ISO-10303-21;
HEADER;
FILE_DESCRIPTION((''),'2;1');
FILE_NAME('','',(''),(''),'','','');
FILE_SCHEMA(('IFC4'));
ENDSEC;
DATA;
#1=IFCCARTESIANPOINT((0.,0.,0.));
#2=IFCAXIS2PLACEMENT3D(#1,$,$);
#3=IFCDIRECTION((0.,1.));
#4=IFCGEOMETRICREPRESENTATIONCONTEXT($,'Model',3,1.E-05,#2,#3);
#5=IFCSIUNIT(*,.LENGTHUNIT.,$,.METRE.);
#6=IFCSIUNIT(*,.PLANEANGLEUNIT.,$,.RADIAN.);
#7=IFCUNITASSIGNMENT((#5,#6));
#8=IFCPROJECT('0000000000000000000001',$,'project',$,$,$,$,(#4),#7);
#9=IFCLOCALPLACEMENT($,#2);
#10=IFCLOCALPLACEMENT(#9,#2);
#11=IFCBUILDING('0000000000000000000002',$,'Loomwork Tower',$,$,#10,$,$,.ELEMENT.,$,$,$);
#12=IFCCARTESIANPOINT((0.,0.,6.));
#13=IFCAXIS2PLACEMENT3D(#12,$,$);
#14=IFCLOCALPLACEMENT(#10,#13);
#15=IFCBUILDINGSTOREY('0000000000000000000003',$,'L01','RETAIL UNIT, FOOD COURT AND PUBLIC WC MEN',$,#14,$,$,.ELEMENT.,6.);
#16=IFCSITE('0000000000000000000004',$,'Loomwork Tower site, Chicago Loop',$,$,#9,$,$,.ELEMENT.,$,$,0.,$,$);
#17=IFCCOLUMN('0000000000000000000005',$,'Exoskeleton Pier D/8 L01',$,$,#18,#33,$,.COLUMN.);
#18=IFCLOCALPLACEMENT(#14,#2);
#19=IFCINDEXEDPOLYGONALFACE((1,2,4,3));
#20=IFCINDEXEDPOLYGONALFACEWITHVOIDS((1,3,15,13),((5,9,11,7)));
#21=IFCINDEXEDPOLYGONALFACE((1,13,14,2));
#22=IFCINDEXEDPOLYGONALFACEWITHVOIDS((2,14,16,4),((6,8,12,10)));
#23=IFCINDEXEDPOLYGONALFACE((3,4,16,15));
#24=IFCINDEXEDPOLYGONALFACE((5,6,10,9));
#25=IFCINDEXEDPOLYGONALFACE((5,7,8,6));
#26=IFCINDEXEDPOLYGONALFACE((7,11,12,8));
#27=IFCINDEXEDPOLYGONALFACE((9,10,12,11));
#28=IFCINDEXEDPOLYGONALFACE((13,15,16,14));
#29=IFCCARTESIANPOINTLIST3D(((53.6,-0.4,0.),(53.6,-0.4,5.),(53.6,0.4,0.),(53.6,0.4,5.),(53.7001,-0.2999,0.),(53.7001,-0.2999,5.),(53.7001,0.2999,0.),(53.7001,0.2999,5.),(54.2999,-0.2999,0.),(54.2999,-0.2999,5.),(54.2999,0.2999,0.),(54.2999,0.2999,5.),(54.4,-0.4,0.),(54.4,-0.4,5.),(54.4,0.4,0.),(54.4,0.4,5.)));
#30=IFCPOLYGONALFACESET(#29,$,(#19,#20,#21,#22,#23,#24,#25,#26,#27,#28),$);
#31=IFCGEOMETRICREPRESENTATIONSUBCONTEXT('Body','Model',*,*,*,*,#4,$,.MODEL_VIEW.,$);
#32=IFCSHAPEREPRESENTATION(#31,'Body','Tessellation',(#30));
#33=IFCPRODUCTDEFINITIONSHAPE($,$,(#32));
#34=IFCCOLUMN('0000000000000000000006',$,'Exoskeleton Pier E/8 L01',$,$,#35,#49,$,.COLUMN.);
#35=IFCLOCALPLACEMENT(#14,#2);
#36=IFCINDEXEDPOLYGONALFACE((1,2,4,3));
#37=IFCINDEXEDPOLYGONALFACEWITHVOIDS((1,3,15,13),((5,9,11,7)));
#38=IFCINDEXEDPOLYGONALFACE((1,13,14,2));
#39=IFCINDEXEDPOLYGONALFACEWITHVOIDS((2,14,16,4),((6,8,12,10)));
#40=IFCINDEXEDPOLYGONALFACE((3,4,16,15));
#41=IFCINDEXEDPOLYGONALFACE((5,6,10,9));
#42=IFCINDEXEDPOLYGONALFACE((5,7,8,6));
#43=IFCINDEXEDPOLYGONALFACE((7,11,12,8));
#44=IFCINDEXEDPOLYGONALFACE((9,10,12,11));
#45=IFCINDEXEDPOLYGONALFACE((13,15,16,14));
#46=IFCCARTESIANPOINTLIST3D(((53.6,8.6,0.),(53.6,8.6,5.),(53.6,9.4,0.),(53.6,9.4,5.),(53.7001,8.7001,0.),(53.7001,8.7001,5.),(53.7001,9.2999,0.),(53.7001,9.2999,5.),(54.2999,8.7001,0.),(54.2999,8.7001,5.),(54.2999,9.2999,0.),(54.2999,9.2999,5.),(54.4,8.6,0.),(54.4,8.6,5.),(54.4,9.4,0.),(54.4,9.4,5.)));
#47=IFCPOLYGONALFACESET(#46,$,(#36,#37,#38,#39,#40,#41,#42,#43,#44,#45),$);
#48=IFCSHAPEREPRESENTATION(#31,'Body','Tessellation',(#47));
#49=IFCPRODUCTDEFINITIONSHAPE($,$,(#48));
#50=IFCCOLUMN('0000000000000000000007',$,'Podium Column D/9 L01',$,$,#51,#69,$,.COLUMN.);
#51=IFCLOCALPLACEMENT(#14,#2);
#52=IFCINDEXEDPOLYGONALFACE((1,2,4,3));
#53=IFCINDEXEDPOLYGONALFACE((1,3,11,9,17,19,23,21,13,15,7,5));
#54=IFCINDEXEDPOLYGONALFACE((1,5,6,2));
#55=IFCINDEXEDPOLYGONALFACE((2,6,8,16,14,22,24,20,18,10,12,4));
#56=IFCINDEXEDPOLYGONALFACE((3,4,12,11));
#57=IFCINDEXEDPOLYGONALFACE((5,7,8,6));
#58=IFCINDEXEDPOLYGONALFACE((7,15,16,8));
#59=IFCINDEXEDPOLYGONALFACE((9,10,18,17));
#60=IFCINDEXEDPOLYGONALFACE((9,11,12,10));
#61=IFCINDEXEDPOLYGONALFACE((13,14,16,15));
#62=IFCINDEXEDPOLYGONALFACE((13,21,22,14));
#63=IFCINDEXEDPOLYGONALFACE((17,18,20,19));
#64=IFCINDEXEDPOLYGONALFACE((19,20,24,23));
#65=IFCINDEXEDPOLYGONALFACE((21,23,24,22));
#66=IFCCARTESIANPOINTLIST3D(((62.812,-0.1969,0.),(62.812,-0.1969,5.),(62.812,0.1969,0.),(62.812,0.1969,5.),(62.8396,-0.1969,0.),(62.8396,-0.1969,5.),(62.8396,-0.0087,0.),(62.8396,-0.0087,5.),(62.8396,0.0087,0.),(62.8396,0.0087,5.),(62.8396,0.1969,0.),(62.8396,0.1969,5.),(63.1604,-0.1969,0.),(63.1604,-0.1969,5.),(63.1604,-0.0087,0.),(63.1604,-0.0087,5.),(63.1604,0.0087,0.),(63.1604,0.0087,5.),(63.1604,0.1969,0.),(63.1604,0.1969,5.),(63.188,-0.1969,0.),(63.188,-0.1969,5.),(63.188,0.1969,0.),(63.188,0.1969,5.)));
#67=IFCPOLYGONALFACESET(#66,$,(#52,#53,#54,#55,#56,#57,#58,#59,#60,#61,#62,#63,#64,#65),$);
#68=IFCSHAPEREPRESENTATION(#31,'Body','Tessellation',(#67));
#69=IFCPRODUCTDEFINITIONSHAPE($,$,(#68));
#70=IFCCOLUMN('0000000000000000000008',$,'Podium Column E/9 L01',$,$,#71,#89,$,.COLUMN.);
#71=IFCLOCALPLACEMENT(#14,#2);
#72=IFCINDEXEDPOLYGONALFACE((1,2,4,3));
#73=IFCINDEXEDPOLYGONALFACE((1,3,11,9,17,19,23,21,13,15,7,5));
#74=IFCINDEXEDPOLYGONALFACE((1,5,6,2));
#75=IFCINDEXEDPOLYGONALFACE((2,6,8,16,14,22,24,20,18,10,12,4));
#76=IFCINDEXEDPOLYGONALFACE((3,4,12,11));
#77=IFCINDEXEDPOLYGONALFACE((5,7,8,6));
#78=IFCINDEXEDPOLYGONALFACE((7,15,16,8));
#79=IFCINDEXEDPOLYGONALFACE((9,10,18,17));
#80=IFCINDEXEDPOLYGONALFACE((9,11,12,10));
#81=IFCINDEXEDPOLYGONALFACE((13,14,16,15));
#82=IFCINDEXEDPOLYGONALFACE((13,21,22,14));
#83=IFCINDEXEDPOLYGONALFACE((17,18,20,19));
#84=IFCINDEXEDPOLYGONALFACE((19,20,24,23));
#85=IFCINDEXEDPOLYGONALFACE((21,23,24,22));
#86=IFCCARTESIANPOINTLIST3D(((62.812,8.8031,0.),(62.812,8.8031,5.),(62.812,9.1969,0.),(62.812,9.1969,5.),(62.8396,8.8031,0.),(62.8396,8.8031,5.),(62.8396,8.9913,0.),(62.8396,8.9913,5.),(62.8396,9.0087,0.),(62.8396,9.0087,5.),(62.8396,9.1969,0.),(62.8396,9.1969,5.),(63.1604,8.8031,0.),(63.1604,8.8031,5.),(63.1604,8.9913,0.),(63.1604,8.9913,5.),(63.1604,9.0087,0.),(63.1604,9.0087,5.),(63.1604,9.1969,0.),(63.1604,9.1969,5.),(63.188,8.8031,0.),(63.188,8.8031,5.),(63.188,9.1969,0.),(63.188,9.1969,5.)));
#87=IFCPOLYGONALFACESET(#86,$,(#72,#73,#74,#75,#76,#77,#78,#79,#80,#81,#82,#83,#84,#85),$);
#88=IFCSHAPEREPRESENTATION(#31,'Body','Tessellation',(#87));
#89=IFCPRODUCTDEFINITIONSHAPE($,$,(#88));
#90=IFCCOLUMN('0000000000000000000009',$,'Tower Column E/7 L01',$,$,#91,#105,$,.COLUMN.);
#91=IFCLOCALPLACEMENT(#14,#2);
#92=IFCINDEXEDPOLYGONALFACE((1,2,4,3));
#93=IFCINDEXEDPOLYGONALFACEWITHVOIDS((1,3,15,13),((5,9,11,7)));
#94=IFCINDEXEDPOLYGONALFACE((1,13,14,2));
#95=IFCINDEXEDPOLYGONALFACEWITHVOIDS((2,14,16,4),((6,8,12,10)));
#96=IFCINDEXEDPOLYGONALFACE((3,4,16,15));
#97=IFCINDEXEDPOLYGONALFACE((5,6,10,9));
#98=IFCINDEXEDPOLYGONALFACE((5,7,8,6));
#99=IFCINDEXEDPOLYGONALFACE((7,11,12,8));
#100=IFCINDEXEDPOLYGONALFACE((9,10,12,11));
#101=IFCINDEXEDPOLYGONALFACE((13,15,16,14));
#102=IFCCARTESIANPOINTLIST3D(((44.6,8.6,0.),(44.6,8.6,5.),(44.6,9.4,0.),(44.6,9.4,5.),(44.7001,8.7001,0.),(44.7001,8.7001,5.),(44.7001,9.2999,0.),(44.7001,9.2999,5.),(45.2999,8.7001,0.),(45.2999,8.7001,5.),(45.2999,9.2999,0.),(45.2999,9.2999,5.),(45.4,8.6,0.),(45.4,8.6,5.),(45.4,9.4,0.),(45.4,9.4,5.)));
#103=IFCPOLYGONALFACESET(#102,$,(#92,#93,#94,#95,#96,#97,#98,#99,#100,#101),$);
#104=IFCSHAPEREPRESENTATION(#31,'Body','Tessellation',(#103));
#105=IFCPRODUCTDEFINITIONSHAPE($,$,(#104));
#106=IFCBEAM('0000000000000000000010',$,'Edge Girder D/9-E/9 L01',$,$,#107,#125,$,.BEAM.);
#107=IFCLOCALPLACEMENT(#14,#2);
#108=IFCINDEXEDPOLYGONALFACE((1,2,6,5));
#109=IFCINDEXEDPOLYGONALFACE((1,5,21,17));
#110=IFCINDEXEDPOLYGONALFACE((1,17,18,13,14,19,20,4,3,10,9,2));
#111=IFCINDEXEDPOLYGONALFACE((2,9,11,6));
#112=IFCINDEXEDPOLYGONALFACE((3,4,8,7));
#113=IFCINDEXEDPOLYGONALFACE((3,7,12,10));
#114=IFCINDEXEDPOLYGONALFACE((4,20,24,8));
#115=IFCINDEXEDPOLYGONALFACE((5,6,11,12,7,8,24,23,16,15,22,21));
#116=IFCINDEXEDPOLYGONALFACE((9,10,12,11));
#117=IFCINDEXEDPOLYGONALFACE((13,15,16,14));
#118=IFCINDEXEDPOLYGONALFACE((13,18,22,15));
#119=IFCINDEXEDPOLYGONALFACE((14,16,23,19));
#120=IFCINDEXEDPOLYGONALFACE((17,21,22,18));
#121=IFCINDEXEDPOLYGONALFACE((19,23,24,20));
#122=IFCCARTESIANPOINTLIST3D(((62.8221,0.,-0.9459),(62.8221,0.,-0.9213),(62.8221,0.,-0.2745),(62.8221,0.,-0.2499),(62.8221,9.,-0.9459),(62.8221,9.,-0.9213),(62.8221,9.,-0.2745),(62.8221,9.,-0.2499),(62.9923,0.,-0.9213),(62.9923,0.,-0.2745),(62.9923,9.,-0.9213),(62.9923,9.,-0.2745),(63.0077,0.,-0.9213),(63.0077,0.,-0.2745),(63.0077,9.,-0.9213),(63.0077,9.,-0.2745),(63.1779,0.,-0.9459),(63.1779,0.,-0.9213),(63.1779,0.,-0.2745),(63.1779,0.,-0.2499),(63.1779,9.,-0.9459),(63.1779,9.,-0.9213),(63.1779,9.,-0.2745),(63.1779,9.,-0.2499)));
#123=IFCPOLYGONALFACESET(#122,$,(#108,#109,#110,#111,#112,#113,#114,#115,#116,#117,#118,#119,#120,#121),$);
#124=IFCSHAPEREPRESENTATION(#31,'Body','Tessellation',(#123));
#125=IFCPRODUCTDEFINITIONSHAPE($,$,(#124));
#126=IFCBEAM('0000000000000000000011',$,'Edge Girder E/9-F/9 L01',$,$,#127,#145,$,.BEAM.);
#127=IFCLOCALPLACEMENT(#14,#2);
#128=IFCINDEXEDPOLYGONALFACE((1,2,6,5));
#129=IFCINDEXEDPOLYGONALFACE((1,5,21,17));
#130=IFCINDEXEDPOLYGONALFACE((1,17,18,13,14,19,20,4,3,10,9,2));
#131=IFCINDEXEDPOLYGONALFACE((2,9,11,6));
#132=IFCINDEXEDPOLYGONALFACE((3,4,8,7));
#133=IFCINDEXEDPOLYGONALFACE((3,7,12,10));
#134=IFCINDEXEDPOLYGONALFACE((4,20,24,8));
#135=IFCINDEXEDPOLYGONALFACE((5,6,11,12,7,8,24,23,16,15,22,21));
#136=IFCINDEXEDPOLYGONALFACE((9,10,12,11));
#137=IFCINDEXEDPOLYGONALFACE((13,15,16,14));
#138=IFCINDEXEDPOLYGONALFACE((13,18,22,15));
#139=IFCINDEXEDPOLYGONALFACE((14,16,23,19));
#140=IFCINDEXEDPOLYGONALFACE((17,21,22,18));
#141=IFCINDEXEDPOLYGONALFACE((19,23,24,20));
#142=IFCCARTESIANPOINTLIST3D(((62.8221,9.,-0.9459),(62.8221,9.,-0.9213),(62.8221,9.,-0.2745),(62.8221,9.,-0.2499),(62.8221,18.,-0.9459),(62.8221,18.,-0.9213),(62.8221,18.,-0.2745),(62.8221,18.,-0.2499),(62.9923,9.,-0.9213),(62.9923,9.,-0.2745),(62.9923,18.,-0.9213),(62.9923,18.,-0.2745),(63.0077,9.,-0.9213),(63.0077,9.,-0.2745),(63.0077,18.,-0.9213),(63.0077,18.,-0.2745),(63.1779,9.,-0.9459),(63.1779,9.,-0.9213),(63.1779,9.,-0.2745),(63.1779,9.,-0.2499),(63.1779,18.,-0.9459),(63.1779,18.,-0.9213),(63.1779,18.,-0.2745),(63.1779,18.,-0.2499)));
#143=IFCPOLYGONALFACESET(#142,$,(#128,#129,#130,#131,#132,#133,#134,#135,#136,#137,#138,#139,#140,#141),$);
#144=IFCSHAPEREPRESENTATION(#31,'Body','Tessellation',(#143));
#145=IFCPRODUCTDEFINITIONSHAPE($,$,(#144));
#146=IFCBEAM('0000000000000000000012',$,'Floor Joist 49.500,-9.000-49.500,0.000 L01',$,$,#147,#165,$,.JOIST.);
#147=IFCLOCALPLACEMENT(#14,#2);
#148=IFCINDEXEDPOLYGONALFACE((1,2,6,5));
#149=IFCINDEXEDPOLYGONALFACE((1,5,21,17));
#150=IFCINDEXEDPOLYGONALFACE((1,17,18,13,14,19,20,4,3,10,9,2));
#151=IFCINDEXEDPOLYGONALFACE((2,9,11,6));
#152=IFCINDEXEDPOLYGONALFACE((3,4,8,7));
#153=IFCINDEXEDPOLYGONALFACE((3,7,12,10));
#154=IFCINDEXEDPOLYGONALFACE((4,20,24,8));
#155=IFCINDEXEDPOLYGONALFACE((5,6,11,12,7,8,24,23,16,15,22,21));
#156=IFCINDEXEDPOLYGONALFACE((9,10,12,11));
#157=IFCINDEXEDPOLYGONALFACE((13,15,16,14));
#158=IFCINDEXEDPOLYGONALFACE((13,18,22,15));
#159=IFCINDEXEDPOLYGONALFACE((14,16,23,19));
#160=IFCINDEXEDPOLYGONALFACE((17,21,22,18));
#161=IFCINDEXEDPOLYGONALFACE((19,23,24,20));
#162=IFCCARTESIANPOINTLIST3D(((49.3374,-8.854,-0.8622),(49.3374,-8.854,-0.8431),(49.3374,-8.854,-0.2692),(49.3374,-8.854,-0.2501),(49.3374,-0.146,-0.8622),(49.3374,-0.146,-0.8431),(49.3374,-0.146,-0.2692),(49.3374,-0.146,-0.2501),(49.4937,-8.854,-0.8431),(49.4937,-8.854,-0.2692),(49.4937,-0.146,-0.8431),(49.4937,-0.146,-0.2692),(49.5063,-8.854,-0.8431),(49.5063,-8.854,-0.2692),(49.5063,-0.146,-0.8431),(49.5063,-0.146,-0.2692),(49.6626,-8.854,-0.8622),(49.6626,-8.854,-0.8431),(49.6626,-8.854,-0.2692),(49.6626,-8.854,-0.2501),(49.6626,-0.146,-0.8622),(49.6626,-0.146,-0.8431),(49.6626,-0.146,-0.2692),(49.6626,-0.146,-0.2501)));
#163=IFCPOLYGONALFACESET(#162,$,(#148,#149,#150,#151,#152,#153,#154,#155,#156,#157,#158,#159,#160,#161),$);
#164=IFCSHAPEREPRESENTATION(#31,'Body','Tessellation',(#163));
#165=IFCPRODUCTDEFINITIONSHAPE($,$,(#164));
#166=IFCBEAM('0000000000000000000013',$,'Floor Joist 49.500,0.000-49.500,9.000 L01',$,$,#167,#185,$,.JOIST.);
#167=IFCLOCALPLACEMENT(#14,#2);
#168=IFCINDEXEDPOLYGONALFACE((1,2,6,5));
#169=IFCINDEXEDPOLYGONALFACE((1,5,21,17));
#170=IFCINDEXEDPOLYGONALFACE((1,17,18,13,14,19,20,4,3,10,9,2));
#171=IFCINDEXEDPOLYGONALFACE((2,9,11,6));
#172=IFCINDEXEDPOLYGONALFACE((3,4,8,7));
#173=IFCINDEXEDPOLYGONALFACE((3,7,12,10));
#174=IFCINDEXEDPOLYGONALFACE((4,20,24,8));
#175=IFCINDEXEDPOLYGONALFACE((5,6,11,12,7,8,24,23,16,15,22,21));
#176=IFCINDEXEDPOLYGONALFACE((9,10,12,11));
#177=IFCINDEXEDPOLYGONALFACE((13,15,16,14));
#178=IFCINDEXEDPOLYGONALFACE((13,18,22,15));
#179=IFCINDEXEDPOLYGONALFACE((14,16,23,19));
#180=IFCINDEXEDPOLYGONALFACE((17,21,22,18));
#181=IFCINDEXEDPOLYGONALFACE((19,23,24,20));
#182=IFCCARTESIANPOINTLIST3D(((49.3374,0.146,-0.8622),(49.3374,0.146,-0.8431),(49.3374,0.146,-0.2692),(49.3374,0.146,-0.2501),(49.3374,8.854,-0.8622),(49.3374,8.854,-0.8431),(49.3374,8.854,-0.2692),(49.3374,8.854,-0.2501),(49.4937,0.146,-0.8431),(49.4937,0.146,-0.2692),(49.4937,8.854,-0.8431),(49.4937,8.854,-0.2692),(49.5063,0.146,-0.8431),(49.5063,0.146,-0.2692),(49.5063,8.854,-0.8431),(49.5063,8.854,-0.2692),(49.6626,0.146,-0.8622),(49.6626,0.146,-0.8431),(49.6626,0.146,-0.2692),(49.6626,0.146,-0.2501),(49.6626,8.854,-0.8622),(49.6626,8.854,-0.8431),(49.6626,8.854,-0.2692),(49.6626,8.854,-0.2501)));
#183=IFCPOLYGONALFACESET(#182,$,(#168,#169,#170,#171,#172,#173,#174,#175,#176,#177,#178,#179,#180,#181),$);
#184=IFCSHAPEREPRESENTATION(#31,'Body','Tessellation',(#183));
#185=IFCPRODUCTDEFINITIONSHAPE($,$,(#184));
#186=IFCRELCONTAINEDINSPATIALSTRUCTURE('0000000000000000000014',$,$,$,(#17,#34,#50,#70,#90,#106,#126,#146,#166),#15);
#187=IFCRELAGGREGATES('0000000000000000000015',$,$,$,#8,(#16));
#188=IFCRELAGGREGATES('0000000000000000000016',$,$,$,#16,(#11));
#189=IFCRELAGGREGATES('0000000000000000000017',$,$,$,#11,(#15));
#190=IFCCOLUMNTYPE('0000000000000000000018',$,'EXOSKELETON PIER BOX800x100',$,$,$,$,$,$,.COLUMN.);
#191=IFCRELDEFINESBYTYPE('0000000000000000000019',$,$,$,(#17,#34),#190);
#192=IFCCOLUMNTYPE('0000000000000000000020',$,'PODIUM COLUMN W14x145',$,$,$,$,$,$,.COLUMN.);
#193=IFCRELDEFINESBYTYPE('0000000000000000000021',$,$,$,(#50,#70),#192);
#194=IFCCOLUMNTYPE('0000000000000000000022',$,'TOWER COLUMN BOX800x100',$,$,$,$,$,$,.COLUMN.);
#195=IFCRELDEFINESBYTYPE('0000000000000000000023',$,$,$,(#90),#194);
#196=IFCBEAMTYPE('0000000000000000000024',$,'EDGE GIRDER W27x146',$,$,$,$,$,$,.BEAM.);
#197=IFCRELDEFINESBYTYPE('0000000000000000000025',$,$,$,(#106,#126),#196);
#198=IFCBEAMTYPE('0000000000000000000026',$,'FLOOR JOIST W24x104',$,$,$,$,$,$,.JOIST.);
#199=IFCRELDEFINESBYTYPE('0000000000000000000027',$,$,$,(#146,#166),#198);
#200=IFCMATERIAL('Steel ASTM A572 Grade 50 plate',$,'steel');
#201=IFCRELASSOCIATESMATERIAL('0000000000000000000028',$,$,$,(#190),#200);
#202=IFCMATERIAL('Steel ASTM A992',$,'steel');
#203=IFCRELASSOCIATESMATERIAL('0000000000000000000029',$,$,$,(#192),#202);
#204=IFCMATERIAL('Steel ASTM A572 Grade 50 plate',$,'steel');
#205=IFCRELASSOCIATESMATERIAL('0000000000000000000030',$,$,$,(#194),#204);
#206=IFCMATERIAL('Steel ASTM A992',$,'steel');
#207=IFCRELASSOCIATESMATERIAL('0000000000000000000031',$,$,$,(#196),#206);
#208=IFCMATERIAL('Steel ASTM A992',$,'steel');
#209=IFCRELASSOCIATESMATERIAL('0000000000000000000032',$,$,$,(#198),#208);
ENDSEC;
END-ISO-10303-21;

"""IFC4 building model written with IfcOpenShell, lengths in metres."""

from ifc_helpers import new_model, si_unit, direction, frame, origin, origin_2d, place, context, subcontext, project, spatial, hollow_rectangle, i_section, extrude, material, material_profile, profile_set, type_object, element, save


model = new_model("IFC4")

# Units and contexts
model_context = context("Model", 3, precision=1e-05, world=origin(), true_north=direction((0.0, 1.0)))
body_context = subcontext(model_context, "Body", "Model", "MODEL_VIEW")
ifc_project = project(units=[si_unit("LENGTHUNIT", "METRE"), si_unit("PLANEANGLEUNIT", "RADIAN")], contexts=[model_context])

# Site, building, storey
site_placement = place(None, origin())
site = spatial("IfcSite", under=ifc_project, at=site_placement, Name="Loomwork Tower site, Chicago Loop", CompositionType="ELEMENT", RefElevation=0.0)
building_placement = place(site_placement, origin())
building = spatial("IfcBuilding", under=site, at=building_placement, Name="Loomwork Tower", CompositionType="ELEMENT")
storey_placement = place(building_placement, frame((0.0, 0.0, 6.0)))
storey = spatial("IfcBuildingStorey", under=building, at=storey_placement, Name="L01", Description="RETAIL UNIT, FOOD COURT AND PUBLIC WC MEN", CompositionType="ELEMENT", Elevation=6.0)

# Columns
ifc_material_1 = material(Name="Steel ASTM A572 Grade 50 plate", Category="steel")
ifc_material_profile_1 = material_profile(ifc_material_1, hollow_rectangle(XDim=0.8, YDim=0.8, WallThickness=0.1001, at=origin_2d()), Name="BOX800x100")
ifc_profile_set_1 = profile_set([ifc_material_profile_1], Name="Steel ASTM A572 Grade 50 plate")
column_type_1 = type_object("IfcColumnType", Name="EXOSKELETON PIER BOX800x100", PredefinedType="COLUMN", material=ifc_profile_set_1)
for number, where, z_axis, x_axis, name in (
    (1, (54.0, 0.0, 0.0), (0.0, 0.0, 1.0), (1.0, 0.0, 0.0), "Exoskeleton Pier D/8 L01"),
    (2, (54.0, 9.0, 0.0), (0.0, 0.0, 1.0), (0.0, 1.0, 0.0), "Exoskeleton Pier E/8 L01"),
):
    element("IfcColumn", number, at=place(storey_placement, frame(where, z_axis=z_axis, x_axis=x_axis)), inside=storey, type_object=column_type_1, Name=name, PredefinedType="COLUMN", context=body_context, shape_type="SweptSolid", body=[
        extrude(hollow_rectangle(XDim=0.8, YDim=0.8, WallThickness=0.1001, at=origin_2d()), origin(), (0.0, 0.0, 1.0), 5.0),
    ])
ifc_material_2 = material(Name="Steel ASTM A992", Category="steel")
ifc_material_profile_2 = material_profile(ifc_material_2, i_section(OverallWidth=0.3938, OverallDepth=0.376, WebThickness=0.0173, FlangeThickness=0.0276, at=origin_2d()), Name="W14x145")
ifc_profile_set_2 = profile_set([ifc_material_profile_2], Name="Steel ASTM A992")
column_type_2 = type_object("IfcColumnType", Name="PODIUM COLUMN W14x145", PredefinedType="COLUMN", material=ifc_profile_set_2)
for number, where, z_axis, x_axis, name in (
    (3, (63.0, 0.0, 0.0), (0.0, 0.0, 1.0), (0.0, 1.0, 0.0), "Podium Column D/9 L01"),
    (4, (63.0, 9.0, 0.0), (0.0, 0.0, 1.0), (0.0, 1.0, 0.0), "Podium Column E/9 L01"),
):
    element("IfcColumn", number, at=place(storey_placement, frame(where, z_axis=z_axis, x_axis=x_axis)), inside=storey, type_object=column_type_2, Name=name, PredefinedType="COLUMN", context=body_context, shape_type="SweptSolid", body=[
        extrude(i_section(OverallWidth=0.3938, OverallDepth=0.376, WebThickness=0.0173, FlangeThickness=0.0276, at=origin_2d()), origin(), (0.0, 0.0, 1.0), 5.0),
    ])
ifc_material_3 = material(Name="Steel ASTM A572 Grade 50 plate", Category="steel")
ifc_material_profile_3 = material_profile(ifc_material_3, hollow_rectangle(XDim=0.8, YDim=0.8, WallThickness=0.1001, at=origin_2d()), Name="BOX800x100")
ifc_profile_set_3 = profile_set([ifc_material_profile_3], Name="Steel ASTM A572 Grade 50 plate")
column_type_3 = type_object("IfcColumnType", Name="TOWER COLUMN BOX800x100", PredefinedType="COLUMN", material=ifc_profile_set_3)
column_placement = place(storey_placement, frame((45.0, 9.0, 0.0), z_axis=(0.0, 0.0, 1.0), x_axis=(0.0, 1.0, 0.0)))
element("IfcColumn", 5, at=column_placement, inside=storey, type_object=column_type_3, Name="Tower Column E/7 L01", PredefinedType="COLUMN", context=body_context, shape_type="SweptSolid", body=[
    extrude(hollow_rectangle(XDim=0.8, YDim=0.8, WallThickness=0.1001, at=origin_2d()), origin(), (0.0, 0.0, 1.0), 5.0),
])

# Beams
ifc_material_4 = material(Name="Steel ASTM A992", Category="steel")
ifc_material_profile_4 = material_profile(ifc_material_4, i_section(OverallWidth=0.3557, OverallDepth=0.696, WebThickness=0.0154, FlangeThickness=0.0247, at=origin_2d()), Name="W27x146")
ifc_profile_set_4 = profile_set([ifc_material_profile_4], Name="Steel ASTM A992")
beam_type_1 = type_object("IfcBeamType", Name="EDGE GIRDER W27x146", PredefinedType="BEAM", material=ifc_profile_set_4)
for number, where, z_axis, x_axis, name in (
    (6, (63.0, 0.0, -0.5979), (0.0, 1.0, 0.0), (-1.0, 0.0, 0.0), "Edge Girder D/9-E/9 L01"),
    (7, (63.0, 9.0, -0.5979), (0.0, 1.0, 0.0), (-1.0, 0.0, 0.0), "Edge Girder E/9-F/9 L01"),
):
    element("IfcBeam", number, at=place(storey_placement, frame(where, z_axis=z_axis, x_axis=x_axis)), inside=storey, type_object=beam_type_1, Name=name, PredefinedType="BEAM", context=body_context, shape_type="SweptSolid", body=[
        extrude(i_section(OverallWidth=0.3557, OverallDepth=0.696, WebThickness=0.0154, FlangeThickness=0.0247, at=origin_2d()), origin(), (0.0, 0.0, 1.0), 9.0),
    ])
ifc_material_5 = material(Name="Steel ASTM A992", Category="steel")
ifc_material_profile_5 = material_profile(ifc_material_5, i_section(OverallWidth=0.3252, OverallDepth=0.6121, WebThickness=0.0127, FlangeThickness=0.019, at=origin_2d()), Name="W24x104")
ifc_profile_set_5 = profile_set([ifc_material_profile_5], Name="Steel ASTM A992")
beam_type_2 = type_object("IfcBeamType", Name="FLOOR JOIST W24x104", PredefinedType="JOIST", material=ifc_profile_set_5)
for number, where, z_axis, x_axis, name in (
    (8, (49.5, -8.854, -0.5562), (0.0, 1.0, 0.0), (-1.0, 0.0, 0.0), "Floor Joist 49.500,-9.000-49.500,0.000 L01"),
    (9, (49.5, 0.146, -0.5562), (0.0, 1.0, 0.0), (-1.0, 0.0, 0.0), "Floor Joist 49.500,0.000-49.500,9.000 L01"),
):
    element("IfcBeam", number, at=place(storey_placement, frame(where, z_axis=z_axis, x_axis=x_axis)), inside=storey, type_object=beam_type_2, Name=name, PredefinedType="JOIST", context=body_context, shape_type="SweptSolid", body=[
        extrude(i_section(OverallWidth=0.3252, OverallDepth=0.6121, WebThickness=0.0127, FlangeThickness=0.019, at=origin_2d()), origin(), (0.0, 0.0, 1.0), 8.708),
    ])

save(model, "model.ifc")
